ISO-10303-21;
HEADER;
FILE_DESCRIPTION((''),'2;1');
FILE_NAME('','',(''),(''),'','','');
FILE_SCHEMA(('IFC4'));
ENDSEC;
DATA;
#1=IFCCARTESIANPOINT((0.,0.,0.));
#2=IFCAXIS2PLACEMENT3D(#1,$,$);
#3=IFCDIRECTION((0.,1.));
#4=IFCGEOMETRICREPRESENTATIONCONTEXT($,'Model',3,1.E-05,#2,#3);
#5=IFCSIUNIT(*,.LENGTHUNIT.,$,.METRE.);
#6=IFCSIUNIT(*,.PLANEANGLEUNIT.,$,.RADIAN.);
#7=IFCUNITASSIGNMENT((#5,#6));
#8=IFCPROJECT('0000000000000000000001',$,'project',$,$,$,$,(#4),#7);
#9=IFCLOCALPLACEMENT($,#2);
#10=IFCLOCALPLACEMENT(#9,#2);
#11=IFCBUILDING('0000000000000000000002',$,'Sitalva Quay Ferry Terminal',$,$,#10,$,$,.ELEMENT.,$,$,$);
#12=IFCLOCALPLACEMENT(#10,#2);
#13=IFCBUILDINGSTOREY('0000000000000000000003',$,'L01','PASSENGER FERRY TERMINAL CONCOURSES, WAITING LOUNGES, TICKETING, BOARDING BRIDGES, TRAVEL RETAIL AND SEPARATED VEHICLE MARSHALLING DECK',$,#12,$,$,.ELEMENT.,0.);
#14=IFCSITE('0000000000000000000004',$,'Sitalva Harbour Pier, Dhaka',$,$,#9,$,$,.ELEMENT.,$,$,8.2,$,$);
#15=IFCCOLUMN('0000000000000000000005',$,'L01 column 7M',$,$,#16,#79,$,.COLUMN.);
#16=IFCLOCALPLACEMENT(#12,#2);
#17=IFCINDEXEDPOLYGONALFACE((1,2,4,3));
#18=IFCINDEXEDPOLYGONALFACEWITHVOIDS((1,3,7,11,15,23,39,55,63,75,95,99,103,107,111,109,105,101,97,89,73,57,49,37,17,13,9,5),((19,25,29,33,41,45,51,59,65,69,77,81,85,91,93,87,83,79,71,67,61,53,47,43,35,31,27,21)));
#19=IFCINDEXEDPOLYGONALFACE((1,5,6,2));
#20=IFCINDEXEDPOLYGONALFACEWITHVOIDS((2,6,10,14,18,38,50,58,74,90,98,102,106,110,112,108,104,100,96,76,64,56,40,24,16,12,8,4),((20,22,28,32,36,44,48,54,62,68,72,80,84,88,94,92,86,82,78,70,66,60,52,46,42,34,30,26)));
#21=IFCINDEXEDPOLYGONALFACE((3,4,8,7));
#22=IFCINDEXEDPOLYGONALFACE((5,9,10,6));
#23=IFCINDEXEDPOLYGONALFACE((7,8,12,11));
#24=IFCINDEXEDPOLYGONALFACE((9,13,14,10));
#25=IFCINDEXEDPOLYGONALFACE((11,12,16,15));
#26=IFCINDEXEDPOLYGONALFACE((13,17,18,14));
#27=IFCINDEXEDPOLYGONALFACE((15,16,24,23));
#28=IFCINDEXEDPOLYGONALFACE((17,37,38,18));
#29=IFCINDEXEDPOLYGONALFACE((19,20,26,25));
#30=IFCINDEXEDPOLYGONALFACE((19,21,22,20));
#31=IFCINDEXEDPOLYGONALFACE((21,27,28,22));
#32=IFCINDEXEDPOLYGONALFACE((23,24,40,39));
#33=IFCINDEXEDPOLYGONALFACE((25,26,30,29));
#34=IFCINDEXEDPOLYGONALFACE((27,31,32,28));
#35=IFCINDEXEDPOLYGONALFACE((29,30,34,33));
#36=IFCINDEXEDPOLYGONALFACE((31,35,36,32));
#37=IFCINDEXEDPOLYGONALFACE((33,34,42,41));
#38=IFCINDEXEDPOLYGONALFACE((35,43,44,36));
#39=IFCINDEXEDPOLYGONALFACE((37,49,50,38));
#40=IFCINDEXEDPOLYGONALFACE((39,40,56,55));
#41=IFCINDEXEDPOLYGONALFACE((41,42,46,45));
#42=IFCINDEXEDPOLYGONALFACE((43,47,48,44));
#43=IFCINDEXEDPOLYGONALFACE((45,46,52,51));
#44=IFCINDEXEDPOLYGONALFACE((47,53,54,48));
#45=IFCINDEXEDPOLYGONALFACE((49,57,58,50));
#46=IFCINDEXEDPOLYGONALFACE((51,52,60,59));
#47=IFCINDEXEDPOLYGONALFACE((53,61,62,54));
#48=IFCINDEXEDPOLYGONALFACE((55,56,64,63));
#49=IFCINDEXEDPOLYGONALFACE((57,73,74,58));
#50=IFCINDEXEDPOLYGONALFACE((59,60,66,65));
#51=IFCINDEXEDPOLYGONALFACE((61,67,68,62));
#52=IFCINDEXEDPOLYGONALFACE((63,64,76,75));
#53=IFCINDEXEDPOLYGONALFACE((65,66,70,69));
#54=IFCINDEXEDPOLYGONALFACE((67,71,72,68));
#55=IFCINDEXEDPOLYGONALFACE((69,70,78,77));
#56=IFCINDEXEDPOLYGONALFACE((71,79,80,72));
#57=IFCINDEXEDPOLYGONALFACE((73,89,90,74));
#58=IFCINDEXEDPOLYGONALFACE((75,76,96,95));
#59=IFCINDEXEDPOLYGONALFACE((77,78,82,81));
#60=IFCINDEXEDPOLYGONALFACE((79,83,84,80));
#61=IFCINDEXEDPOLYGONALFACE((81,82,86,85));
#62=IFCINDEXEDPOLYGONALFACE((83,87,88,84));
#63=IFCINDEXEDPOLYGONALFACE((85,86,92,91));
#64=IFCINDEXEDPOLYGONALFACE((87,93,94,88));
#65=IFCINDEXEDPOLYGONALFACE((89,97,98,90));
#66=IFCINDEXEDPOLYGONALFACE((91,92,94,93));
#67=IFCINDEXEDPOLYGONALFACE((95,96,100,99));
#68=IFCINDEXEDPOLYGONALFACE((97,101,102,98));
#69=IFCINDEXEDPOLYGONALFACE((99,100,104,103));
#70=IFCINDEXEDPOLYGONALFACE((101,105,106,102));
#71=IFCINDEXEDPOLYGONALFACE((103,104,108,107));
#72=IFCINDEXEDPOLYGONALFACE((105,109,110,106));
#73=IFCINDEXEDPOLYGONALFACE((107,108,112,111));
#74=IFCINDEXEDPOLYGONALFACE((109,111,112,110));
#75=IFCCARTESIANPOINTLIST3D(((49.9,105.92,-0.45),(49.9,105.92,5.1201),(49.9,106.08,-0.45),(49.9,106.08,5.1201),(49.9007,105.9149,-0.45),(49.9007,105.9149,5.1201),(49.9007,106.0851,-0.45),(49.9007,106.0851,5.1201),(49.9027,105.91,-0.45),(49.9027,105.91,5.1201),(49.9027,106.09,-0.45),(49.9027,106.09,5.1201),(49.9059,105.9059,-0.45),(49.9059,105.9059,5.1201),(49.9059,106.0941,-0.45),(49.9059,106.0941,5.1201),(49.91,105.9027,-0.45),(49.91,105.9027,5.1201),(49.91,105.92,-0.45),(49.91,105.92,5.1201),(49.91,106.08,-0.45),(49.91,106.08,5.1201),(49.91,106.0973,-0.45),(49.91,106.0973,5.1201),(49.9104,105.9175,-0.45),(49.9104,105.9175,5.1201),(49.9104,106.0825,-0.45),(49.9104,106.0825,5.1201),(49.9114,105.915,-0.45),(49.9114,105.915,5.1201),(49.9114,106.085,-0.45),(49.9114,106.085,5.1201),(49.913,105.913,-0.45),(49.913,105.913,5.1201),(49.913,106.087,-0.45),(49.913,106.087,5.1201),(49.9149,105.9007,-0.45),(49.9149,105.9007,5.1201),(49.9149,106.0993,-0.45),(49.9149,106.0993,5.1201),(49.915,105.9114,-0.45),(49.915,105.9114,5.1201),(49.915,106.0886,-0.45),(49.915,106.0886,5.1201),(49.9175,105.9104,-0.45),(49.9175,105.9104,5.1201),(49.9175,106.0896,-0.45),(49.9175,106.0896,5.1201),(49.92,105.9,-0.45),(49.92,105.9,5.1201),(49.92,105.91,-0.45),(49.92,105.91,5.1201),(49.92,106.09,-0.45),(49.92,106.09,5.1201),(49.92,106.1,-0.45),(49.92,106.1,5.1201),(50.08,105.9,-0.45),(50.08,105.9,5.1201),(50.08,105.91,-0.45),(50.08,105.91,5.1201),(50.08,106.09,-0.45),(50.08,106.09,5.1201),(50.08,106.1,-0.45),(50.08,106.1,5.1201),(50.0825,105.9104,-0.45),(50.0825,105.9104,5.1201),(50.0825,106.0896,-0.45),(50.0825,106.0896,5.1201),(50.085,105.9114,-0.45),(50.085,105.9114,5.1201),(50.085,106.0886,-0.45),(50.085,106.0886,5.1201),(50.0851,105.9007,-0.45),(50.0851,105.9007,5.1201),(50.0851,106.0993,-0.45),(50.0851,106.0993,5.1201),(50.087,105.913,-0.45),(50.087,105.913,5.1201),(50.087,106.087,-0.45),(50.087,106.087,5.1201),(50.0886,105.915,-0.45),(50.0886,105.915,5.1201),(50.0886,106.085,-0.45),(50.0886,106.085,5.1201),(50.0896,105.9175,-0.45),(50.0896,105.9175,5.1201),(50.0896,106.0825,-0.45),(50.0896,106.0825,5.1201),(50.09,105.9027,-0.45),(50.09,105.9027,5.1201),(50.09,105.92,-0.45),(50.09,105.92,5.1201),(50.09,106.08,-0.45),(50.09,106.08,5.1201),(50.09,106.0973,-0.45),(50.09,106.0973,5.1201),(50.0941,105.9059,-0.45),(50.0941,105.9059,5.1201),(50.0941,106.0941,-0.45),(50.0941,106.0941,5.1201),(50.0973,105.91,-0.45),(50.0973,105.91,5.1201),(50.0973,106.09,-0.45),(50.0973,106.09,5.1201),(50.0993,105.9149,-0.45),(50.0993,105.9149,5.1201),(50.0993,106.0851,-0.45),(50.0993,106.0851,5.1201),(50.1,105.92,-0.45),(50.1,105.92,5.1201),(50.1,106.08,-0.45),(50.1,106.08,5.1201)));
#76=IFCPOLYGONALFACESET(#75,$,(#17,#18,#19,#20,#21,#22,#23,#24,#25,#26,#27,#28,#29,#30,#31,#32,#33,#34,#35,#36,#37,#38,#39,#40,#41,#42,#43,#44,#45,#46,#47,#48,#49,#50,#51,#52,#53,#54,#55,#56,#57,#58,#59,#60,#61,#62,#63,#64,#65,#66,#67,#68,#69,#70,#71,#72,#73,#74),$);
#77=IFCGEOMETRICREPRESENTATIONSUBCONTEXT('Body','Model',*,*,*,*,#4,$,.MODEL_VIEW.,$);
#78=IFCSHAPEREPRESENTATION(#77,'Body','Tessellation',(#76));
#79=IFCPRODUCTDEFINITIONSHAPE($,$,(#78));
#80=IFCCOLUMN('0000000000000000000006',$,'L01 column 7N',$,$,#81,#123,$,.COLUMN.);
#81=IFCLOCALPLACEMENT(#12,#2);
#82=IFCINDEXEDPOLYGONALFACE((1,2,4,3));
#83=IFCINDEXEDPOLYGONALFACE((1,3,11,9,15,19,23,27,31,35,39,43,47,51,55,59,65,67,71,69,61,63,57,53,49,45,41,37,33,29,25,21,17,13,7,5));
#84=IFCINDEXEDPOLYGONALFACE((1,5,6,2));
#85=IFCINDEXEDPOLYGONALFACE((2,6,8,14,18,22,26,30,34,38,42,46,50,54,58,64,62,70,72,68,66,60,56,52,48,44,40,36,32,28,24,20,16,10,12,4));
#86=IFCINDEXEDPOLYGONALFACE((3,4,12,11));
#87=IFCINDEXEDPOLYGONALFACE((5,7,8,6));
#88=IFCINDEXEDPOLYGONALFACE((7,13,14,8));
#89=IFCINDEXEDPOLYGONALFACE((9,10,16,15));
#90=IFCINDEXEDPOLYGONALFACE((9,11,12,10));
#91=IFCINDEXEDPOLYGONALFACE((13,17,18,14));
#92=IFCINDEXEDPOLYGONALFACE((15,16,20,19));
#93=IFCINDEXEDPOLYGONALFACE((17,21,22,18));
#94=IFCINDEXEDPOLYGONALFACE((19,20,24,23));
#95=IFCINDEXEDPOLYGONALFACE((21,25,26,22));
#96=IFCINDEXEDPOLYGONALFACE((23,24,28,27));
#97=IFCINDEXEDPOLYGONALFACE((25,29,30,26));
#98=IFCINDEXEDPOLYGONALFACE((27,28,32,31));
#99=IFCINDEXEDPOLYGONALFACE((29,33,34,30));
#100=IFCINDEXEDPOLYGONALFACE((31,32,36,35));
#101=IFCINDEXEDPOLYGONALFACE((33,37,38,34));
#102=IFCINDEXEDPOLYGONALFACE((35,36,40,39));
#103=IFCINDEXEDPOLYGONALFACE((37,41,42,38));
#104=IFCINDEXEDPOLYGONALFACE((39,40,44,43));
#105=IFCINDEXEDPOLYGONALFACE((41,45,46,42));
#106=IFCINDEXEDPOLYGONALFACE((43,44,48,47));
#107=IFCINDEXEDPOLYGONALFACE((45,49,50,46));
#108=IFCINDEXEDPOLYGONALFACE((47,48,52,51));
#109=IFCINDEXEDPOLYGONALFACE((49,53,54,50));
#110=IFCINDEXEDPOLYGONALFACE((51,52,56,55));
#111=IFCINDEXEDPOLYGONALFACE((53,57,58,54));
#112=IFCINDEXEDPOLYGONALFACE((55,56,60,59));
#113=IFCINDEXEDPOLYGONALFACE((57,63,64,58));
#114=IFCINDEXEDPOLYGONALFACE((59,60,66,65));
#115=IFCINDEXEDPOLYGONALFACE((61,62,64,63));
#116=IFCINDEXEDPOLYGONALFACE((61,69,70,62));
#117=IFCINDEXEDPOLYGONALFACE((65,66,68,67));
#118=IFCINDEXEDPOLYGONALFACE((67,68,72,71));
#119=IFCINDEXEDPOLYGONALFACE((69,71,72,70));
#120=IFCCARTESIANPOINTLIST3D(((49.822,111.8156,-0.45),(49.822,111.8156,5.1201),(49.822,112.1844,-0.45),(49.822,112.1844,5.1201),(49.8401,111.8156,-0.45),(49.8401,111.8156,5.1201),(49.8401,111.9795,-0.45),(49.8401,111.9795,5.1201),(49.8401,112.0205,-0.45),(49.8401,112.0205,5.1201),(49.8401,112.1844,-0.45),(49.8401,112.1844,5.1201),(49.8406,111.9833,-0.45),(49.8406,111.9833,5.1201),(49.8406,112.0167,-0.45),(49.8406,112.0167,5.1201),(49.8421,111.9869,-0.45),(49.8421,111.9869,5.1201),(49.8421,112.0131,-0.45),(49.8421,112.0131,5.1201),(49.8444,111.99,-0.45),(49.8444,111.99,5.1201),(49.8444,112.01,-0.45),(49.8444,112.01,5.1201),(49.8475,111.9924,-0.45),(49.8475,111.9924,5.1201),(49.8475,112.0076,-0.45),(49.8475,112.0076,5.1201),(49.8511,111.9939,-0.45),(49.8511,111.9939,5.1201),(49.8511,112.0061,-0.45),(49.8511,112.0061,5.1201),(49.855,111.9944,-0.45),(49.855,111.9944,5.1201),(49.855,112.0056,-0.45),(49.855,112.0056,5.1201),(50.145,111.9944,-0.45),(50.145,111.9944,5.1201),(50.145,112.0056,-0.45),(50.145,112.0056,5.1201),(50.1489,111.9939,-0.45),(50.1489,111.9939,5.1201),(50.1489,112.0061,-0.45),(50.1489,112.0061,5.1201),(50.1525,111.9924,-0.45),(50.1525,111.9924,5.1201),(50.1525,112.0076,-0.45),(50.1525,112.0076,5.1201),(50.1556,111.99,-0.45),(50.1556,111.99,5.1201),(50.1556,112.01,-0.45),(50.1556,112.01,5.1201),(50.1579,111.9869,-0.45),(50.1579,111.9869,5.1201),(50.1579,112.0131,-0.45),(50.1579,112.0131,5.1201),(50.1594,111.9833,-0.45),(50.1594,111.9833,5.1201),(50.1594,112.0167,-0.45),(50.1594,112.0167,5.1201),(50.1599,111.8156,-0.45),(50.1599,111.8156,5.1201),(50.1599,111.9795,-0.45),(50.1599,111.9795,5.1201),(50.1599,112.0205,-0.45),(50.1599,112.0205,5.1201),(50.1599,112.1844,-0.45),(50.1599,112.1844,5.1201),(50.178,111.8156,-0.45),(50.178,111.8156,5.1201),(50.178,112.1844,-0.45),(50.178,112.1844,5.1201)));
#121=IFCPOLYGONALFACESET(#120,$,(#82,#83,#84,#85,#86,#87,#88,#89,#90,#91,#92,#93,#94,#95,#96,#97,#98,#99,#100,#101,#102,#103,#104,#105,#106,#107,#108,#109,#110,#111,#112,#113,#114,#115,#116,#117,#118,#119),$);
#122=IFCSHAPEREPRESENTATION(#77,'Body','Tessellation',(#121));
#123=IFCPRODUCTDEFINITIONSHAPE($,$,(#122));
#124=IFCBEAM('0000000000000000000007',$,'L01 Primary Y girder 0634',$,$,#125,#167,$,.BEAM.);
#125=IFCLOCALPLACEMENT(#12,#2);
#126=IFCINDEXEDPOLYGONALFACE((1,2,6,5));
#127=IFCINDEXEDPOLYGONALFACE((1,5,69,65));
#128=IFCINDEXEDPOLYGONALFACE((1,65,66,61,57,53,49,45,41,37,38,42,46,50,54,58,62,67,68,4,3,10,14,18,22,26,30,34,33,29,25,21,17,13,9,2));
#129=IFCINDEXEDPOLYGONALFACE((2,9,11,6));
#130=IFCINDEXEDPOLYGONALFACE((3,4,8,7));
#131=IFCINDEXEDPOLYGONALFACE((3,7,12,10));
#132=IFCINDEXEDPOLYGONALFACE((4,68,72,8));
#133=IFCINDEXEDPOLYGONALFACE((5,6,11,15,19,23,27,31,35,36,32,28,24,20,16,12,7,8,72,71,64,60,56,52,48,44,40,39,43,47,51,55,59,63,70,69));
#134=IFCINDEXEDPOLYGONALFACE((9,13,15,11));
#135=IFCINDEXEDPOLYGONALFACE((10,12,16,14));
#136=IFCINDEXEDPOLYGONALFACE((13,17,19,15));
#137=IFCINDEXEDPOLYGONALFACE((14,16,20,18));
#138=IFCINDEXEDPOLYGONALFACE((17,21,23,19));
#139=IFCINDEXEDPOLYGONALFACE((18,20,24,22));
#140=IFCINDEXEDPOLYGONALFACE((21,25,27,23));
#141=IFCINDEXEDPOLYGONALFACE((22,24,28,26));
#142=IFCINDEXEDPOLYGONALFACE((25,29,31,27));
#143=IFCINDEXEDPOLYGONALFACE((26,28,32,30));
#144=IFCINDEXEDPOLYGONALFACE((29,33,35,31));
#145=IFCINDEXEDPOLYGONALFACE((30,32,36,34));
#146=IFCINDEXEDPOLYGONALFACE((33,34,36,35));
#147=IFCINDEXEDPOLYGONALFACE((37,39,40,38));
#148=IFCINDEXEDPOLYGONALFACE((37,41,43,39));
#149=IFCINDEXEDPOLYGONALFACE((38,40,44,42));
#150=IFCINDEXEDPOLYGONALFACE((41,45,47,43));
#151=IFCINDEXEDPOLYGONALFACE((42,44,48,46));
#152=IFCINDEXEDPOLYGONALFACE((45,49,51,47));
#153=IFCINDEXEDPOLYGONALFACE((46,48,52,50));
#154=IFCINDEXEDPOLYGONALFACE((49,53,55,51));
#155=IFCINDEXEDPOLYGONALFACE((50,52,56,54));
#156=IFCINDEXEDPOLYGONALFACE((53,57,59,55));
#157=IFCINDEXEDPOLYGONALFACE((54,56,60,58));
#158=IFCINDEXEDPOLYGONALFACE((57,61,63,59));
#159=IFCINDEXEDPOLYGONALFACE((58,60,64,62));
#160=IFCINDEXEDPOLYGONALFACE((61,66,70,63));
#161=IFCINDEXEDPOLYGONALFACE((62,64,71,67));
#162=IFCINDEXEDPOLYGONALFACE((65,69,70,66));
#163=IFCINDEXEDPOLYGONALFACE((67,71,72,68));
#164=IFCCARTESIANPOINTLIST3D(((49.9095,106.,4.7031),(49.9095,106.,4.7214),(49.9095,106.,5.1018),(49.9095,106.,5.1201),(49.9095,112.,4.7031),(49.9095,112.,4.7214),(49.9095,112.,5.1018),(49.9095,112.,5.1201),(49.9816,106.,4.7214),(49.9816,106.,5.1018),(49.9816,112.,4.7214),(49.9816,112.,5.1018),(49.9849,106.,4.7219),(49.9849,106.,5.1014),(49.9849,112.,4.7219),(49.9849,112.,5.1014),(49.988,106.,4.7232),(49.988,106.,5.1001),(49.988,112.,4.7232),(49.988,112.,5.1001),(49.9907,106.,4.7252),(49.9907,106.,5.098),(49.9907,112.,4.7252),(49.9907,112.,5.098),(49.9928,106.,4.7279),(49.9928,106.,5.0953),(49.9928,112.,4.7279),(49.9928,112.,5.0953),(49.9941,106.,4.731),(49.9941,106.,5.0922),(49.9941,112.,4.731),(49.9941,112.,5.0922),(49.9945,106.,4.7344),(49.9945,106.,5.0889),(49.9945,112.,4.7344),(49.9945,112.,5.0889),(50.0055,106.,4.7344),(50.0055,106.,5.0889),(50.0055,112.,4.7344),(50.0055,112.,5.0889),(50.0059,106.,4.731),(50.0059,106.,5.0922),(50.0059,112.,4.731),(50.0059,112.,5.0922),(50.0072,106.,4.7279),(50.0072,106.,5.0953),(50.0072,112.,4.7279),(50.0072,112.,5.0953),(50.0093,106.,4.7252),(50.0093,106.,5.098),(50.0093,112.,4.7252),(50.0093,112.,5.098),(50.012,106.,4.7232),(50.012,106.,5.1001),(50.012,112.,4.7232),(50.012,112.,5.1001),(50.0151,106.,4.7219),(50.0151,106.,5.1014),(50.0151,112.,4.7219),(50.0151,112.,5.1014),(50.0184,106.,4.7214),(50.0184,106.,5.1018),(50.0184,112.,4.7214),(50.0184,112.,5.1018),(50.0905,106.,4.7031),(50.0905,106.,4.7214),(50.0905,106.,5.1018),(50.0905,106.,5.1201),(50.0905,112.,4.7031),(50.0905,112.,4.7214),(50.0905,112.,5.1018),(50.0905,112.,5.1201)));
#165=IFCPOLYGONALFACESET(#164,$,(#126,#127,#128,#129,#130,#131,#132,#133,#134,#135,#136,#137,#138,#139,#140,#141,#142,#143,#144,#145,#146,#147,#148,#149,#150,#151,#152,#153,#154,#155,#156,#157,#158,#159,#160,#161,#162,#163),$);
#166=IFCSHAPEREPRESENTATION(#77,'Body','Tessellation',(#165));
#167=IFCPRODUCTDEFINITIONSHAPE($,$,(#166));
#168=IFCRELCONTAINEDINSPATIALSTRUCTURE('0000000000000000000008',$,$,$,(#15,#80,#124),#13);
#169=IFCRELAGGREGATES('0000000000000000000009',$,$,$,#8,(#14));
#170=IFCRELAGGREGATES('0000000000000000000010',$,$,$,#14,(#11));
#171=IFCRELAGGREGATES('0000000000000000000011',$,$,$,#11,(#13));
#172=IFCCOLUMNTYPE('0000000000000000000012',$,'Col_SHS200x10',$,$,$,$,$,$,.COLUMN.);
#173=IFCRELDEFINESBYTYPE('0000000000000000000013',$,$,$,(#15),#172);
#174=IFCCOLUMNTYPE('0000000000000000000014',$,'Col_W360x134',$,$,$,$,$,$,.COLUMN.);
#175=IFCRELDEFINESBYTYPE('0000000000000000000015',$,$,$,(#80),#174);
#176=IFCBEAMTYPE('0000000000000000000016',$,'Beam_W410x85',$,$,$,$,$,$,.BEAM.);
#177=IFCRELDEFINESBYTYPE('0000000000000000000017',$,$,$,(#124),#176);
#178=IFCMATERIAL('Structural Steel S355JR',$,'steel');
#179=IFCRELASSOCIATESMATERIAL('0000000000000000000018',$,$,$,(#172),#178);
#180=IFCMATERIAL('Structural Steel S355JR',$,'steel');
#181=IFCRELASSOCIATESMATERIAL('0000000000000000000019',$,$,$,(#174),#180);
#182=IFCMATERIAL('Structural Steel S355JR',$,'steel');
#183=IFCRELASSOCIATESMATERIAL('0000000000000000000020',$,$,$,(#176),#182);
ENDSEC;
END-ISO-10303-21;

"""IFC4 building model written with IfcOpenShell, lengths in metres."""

from ifc_helpers import new_model, si_unit, direction, frame, origin, origin_2d, place, context, subcontext, project, spatial, hollow_rectangle, i_section, extrude, material, material_profile, profile_set, type_object, element, save


model = new_model("IFC4")

# Units and contexts
model_context = context("Model", 3, precision=1e-05, world=origin(), true_north=direction((0.0, 1.0)))
body_context = subcontext(model_context, "Body", "Model", "MODEL_VIEW")
ifc_project = project(units=[si_unit("LENGTHUNIT", "METRE"), si_unit("PLANEANGLEUNIT", "RADIAN")], contexts=[model_context])

# Site, building, storey
site_placement = place(None, origin())
site = spatial("IfcSite", under=ifc_project, at=site_placement, Name="Sitalva Harbour Pier, Dhaka", CompositionType="ELEMENT", RefElevation=8.2)
building_placement = place(site_placement, origin())
building = spatial("IfcBuilding", under=site, at=building_placement, Name="Sitalva Quay Ferry Terminal", CompositionType="ELEMENT")
storey_placement = place(building_placement, origin())
storey = spatial("IfcBuildingStorey", under=building, at=storey_placement, Name="L01", Description="PASSENGER FERRY TERMINAL CONCOURSES, WAITING LOUNGES, TICKETING, BOARDING BRIDGES, TRAVEL RETAIL AND SEPARATED VEHICLE MARSHALLING DECK", CompositionType="ELEMENT", Elevation=0.0)

# Columns
ifc_material_1 = material(Name="Structural Steel S355JR", Category="steel")
ifc_material_profile_1 = material_profile(ifc_material_1, hollow_rectangle(XDim=0.2, YDim=0.2, WallThickness=0.01, InnerFilletRadius=0.01, OuterFilletRadius=0.02, at=origin_2d()), Name="SHS200x200x10")
ifc_profile_set_1 = profile_set([ifc_material_profile_1], Name="Structural Steel S355JR")
column_type_1 = type_object("IfcColumnType", Name="Col_SHS200x10", PredefinedType="COLUMN", material=ifc_profile_set_1)
column_1_placement = place(storey_placement, frame((50.0, 106.0, -0.45), z_axis=(0.0, 0.0, 1.0), x_axis=(1.0, 0.0, 0.0)))
element("IfcColumn", 1, at=column_1_placement, inside=storey, type_object=column_type_1, Name="L01 column 7M", PredefinedType="COLUMN", context=body_context, shape_type="SweptSolid", body=[
    extrude(hollow_rectangle(XDim=0.2, YDim=0.2, WallThickness=0.01, InnerFilletRadius=0.01, OuterFilletRadius=0.02, at=origin_2d()), origin(), (0.0, 0.0, 1.0), 5.5701),
])
ifc_material_2 = material(Name="Structural Steel S355JR", Category="steel")
ifc_material_profile_2 = material_profile(ifc_material_2, i_section(OverallWidth=0.3689, OverallDepth=0.356, WebThickness=0.0112, FlangeThickness=0.0181, FilletRadius=0.0149, at=origin_2d()), Name="W360x134")
ifc_profile_set_2 = profile_set([ifc_material_profile_2], Name="Structural Steel S355JR")
column_type_2 = type_object("IfcColumnType", Name="Col_W360x134", PredefinedType="COLUMN", material=ifc_profile_set_2)
column_2_placement = place(storey_placement, frame((50.0, 112.0, -0.45), z_axis=(0.0, 0.0, 1.0), x_axis=(0.0, 1.0, 0.0)))
element("IfcColumn", 2, at=column_2_placement, inside=storey, type_object=column_type_2, Name="L01 column 7N", PredefinedType="COLUMN", context=body_context, shape_type="SweptSolid", body=[
    extrude(i_section(OverallWidth=0.3689, OverallDepth=0.356, WebThickness=0.0112, FlangeThickness=0.0181, FilletRadius=0.0149, at=origin_2d()), origin(), (0.0, 0.0, 1.0), 5.5701),
])

# Beam
ifc_material_3 = material(Name="Structural Steel S355JR", Category="steel")
ifc_material_profile_3 = material_profile(ifc_material_3, i_section(OverallWidth=0.1809, OverallDepth=0.417, WebThickness=0.011, FlangeThickness=0.0183, FilletRadius=0.0129, at=origin_2d()), Name="W410x85")
ifc_profile_set_3 = profile_set([ifc_material_profile_3], Name="Structural Steel S355JR")
beam_type_1 = type_object("IfcBeamType", Name="Beam_W410x85", PredefinedType="BEAM", material=ifc_profile_set_3)
beam_1_placement = place(storey_placement, frame((50.0, 106.0, 4.9116), z_axis=(0.0, 1.0, 0.0), x_axis=(-1.0, 0.0, 0.0)))
element("IfcBeam", 3, at=beam_1_placement, inside=storey, type_object=beam_type_1, Name="L01 Primary Y girder 0634", PredefinedType="BEAM", context=body_context, shape_type="SweptSolid", body=[
    extrude(i_section(OverallWidth=0.1809, OverallDepth=0.417, WebThickness=0.011, FlangeThickness=0.0183, FilletRadius=0.0129, at=origin_2d()), origin(), (0.0, 0.0, 1.0), 6.0),
])

save(model, "model.ifc")
